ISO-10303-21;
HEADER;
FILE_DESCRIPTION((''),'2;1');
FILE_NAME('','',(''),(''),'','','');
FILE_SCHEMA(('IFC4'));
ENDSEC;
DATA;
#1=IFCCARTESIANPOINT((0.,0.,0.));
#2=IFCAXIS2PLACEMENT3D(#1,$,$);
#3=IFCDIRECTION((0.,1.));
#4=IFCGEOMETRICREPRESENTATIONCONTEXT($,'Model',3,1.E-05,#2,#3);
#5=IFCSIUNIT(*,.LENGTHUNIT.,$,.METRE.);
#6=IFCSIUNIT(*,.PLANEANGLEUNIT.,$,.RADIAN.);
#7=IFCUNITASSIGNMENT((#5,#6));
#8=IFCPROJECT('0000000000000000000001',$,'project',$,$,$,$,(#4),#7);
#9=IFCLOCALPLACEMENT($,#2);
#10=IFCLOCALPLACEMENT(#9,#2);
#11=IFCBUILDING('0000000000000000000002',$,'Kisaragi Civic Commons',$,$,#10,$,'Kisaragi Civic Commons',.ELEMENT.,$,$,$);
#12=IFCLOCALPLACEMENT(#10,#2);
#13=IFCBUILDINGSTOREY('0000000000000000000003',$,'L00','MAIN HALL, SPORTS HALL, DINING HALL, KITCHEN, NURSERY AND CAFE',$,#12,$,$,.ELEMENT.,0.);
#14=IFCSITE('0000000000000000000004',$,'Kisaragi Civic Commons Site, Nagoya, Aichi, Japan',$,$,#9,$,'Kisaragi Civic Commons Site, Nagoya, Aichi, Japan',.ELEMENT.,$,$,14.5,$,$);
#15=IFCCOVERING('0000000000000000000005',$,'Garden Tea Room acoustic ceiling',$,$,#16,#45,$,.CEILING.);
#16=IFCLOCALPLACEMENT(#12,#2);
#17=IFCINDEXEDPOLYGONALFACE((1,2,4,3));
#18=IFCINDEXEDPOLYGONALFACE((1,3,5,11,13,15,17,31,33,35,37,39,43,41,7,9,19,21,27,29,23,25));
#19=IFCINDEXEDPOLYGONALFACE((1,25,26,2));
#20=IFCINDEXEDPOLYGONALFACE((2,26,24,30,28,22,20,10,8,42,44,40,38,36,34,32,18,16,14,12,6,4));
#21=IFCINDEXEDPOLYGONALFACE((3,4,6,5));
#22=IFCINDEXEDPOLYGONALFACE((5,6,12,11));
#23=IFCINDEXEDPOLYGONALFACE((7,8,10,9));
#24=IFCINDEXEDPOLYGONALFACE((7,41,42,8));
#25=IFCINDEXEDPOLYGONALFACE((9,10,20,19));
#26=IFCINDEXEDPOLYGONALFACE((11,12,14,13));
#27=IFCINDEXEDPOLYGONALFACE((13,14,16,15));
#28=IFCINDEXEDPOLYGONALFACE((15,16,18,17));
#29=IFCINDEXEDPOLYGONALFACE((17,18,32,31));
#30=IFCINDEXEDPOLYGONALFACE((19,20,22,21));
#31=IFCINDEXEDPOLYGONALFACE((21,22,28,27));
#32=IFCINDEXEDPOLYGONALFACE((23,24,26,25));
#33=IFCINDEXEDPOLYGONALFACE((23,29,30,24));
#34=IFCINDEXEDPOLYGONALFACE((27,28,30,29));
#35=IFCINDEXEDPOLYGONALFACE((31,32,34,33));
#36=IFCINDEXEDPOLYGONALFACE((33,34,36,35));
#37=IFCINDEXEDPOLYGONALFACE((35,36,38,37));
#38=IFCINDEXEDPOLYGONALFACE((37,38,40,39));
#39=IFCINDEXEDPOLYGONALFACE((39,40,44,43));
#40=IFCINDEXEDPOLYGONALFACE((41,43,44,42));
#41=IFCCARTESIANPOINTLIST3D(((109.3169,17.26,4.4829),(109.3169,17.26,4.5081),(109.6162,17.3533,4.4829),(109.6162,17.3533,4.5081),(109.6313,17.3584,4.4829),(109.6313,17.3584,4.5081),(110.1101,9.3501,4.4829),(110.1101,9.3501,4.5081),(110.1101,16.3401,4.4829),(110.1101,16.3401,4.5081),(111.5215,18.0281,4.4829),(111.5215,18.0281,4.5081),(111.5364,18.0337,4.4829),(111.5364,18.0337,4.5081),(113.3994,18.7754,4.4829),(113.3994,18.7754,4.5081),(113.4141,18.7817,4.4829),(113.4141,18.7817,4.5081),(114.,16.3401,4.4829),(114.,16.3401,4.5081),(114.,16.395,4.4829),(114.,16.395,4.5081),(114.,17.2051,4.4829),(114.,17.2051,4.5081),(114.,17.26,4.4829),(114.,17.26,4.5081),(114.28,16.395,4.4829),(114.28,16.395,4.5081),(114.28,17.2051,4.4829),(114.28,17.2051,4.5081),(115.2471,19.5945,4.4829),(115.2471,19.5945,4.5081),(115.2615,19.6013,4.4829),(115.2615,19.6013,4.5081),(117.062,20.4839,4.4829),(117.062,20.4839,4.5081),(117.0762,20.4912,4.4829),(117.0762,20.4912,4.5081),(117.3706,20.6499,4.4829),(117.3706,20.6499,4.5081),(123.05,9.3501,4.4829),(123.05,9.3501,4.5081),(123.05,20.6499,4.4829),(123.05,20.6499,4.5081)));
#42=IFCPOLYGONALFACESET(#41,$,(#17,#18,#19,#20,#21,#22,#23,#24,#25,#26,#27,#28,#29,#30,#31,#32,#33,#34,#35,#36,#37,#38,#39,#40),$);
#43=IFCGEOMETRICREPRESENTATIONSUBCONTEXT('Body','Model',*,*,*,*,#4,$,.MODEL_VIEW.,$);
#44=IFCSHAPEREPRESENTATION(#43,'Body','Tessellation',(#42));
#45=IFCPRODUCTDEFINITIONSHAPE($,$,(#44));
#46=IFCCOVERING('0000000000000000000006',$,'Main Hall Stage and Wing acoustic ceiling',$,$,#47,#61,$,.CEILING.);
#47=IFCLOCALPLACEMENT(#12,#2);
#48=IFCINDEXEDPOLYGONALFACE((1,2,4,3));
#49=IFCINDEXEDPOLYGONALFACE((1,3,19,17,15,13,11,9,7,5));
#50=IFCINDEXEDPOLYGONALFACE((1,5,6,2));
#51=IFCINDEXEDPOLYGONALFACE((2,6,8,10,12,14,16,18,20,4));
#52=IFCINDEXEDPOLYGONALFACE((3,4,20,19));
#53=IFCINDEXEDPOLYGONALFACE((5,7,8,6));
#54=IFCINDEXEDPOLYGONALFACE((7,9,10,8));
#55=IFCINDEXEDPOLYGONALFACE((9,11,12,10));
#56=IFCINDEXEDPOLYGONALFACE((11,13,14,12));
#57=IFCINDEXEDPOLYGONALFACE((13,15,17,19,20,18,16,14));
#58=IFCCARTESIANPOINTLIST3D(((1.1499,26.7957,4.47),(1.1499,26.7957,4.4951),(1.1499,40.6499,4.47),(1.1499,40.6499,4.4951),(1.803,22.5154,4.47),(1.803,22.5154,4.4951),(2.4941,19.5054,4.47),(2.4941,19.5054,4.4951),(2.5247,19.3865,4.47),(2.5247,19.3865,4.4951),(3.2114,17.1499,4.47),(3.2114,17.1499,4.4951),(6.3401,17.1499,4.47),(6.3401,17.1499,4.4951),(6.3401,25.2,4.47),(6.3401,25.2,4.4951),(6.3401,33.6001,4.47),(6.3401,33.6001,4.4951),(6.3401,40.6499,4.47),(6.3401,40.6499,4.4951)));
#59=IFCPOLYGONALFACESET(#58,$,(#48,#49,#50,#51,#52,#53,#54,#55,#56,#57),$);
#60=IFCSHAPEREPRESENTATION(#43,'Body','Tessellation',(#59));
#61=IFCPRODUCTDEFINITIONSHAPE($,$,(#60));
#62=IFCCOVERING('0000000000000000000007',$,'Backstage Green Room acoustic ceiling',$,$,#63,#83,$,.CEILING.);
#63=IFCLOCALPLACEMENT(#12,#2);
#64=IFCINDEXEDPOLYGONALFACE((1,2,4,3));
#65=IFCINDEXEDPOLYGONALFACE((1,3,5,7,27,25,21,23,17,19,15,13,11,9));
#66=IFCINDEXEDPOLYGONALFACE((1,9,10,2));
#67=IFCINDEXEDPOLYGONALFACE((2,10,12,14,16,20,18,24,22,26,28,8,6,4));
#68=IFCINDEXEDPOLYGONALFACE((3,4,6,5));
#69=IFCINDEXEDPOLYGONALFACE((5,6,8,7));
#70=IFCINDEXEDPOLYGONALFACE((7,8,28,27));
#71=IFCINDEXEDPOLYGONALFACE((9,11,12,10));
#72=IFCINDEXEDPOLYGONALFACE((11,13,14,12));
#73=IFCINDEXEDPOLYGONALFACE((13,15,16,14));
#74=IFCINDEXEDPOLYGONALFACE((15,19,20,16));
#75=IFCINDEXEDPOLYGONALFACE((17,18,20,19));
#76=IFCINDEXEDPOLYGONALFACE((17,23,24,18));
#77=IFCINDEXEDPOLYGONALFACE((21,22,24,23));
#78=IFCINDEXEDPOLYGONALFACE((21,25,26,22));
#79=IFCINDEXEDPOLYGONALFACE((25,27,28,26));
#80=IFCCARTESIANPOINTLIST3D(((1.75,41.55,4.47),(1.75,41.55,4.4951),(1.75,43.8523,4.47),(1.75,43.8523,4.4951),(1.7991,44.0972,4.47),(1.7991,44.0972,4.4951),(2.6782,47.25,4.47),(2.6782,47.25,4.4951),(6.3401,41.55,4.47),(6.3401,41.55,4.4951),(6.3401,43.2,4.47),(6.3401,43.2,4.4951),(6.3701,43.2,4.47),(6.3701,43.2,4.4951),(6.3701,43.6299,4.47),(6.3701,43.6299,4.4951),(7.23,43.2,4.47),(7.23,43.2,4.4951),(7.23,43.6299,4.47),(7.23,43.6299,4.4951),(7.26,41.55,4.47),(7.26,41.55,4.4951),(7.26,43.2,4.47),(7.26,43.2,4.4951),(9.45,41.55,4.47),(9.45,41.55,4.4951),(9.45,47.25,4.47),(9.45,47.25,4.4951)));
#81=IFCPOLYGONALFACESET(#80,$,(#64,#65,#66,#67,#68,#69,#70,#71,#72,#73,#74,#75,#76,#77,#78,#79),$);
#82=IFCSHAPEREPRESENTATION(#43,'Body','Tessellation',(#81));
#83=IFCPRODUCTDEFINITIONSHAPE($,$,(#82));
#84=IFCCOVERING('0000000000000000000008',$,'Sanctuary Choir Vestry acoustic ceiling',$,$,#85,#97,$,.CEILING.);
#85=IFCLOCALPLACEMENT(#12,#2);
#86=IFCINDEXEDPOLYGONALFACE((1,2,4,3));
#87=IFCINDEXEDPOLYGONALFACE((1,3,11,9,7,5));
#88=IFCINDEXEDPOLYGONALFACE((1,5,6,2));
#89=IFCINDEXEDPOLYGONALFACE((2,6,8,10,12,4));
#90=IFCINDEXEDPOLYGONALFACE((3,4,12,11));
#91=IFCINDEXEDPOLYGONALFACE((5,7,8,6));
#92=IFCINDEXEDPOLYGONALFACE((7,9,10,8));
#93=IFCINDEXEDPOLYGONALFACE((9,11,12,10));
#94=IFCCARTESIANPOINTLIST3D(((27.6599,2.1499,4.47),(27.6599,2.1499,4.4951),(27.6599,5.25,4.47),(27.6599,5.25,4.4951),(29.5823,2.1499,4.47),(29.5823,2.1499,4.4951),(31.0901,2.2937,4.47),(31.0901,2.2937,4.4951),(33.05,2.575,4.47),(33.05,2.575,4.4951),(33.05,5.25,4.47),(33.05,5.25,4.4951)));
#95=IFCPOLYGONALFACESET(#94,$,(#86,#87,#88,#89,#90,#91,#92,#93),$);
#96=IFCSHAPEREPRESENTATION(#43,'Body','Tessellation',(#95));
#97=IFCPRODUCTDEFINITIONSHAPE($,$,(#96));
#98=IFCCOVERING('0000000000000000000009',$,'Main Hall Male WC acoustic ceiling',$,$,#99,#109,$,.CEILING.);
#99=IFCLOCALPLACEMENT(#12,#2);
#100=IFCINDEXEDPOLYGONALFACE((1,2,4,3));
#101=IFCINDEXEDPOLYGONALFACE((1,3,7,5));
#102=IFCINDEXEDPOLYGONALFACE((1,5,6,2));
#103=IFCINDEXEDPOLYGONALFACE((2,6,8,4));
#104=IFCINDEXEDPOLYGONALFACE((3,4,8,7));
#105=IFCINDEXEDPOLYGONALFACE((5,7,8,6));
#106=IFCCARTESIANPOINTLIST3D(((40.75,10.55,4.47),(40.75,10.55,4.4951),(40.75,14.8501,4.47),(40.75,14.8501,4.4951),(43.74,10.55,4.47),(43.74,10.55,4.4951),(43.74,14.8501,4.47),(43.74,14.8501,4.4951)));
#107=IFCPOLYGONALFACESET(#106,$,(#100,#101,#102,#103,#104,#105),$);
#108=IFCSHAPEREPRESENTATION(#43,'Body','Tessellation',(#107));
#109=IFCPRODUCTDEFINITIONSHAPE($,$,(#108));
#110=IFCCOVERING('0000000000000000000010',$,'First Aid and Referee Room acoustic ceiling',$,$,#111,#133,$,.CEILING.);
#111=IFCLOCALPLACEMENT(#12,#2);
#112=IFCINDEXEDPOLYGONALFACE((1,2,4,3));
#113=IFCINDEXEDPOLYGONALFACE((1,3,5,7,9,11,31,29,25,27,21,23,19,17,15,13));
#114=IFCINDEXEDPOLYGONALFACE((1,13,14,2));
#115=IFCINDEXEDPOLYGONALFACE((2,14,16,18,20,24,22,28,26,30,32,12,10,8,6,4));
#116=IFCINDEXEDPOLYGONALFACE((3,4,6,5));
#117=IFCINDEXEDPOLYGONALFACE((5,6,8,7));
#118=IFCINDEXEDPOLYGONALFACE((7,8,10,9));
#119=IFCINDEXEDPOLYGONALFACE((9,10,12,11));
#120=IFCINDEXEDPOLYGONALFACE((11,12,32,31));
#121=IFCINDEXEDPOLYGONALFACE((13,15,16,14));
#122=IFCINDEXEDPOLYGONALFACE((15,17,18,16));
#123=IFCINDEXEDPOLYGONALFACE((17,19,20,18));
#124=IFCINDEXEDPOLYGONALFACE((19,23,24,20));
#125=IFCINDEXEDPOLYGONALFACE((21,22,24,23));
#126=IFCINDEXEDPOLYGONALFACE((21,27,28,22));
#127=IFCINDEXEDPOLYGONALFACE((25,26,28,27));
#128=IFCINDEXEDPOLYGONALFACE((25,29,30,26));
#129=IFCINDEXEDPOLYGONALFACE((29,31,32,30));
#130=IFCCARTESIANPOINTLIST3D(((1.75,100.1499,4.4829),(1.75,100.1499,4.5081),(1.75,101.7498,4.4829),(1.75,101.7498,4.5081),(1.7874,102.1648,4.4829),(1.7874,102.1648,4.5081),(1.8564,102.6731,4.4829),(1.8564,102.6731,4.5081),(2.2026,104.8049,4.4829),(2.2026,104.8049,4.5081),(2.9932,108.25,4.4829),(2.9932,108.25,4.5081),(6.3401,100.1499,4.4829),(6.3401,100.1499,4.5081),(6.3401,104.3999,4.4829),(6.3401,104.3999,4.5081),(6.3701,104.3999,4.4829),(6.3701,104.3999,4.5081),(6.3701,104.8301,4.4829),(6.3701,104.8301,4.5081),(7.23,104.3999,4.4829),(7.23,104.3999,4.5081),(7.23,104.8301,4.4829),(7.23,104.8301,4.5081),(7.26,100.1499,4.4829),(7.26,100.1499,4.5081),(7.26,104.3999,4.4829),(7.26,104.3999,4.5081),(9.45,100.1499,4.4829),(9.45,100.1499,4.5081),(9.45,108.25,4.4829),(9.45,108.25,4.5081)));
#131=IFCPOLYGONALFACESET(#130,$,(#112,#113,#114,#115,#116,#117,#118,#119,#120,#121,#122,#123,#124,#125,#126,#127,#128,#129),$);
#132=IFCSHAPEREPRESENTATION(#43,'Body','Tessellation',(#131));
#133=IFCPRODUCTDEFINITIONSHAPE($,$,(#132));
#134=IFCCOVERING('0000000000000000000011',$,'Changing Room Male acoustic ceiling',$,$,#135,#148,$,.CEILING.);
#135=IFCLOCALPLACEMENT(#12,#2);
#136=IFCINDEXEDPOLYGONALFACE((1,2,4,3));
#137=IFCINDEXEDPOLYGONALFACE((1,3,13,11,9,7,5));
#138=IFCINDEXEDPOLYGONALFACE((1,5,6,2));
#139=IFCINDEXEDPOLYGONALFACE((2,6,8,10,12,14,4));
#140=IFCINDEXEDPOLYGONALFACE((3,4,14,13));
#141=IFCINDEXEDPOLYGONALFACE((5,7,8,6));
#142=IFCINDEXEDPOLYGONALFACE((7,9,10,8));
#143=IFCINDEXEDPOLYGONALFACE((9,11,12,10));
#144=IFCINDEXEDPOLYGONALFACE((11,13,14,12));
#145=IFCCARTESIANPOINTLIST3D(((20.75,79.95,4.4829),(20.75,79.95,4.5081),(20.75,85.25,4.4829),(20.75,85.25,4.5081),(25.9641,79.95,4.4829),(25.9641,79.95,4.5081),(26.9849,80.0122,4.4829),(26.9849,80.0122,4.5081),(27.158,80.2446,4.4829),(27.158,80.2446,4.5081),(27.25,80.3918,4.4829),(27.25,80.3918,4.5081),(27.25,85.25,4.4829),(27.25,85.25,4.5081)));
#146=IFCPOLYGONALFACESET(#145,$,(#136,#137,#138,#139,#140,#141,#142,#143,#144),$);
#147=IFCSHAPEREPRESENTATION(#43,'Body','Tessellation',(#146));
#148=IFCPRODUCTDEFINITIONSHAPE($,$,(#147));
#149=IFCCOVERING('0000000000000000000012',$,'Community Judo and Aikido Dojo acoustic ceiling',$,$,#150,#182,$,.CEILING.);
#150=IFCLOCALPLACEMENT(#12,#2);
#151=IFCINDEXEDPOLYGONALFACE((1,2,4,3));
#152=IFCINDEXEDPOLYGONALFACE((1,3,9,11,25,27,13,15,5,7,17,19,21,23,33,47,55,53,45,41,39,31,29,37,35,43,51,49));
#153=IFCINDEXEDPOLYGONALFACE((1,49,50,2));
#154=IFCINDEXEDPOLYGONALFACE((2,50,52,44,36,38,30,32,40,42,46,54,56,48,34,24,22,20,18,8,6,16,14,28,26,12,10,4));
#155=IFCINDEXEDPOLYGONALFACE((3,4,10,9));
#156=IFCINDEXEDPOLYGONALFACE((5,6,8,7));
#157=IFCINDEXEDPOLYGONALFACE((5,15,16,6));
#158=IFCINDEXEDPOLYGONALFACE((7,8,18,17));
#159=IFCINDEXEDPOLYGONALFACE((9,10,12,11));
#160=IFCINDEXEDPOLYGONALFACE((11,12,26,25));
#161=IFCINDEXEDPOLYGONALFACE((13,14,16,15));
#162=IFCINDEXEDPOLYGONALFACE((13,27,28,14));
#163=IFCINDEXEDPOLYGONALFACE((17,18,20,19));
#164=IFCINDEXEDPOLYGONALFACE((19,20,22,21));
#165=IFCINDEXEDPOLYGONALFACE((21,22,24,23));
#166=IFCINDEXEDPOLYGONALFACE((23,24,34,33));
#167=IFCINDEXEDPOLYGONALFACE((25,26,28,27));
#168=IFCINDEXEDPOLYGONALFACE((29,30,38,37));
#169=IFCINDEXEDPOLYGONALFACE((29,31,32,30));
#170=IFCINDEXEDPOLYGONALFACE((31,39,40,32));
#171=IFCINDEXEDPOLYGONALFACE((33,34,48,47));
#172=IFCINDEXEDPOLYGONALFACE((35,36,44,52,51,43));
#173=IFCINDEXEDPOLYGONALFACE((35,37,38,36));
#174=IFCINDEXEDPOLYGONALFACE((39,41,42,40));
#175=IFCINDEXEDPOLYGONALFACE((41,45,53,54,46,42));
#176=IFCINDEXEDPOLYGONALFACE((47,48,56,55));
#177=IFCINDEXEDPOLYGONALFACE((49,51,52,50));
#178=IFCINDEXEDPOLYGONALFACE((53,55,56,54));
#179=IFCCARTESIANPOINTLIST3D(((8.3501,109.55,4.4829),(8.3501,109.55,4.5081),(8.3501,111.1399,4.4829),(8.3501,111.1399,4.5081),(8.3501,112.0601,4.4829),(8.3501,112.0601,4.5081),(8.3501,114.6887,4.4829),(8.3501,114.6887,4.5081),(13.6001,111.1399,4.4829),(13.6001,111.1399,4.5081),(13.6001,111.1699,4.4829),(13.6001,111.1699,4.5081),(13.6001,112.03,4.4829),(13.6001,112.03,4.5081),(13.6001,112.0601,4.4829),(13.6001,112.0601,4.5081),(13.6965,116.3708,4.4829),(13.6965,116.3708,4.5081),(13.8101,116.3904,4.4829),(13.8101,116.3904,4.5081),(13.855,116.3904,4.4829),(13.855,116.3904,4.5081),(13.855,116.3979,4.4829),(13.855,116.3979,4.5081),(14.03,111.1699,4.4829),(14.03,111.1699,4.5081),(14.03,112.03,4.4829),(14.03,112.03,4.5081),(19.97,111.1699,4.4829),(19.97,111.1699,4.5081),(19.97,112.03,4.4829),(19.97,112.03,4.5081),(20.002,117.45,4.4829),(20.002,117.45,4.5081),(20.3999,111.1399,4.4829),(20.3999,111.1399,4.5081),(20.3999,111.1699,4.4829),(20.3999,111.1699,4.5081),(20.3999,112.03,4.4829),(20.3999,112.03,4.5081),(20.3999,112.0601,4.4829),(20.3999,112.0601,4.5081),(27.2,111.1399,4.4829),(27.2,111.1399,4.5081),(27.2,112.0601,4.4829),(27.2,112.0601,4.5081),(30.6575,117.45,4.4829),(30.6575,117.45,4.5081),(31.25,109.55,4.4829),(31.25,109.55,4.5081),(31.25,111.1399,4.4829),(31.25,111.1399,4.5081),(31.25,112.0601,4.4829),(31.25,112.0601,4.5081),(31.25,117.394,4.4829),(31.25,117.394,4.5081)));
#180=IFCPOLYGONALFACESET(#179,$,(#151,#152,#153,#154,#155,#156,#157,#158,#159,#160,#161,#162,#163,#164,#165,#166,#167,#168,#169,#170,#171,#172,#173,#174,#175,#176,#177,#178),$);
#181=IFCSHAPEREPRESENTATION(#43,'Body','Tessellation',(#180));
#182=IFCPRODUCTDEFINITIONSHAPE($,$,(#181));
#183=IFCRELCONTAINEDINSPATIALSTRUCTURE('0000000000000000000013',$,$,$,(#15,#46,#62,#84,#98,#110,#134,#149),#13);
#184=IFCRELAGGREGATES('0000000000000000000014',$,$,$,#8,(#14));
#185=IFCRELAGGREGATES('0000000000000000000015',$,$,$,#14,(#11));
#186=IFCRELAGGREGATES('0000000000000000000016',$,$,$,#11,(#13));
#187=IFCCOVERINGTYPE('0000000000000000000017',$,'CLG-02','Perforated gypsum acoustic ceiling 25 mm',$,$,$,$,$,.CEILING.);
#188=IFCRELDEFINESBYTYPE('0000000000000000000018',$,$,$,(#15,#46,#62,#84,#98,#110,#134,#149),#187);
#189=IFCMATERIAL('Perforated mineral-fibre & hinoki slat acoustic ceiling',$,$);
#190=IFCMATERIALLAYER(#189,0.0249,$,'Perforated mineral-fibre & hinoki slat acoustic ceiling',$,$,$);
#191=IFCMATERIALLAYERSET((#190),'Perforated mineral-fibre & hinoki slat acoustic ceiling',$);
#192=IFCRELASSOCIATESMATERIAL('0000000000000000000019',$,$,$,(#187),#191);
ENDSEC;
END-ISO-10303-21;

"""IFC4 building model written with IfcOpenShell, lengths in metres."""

from ifc_helpers import new_model, si_unit, direction, frame, origin, place, context, subcontext, project, spatial, polyline, outline, extrude, material, layer, layer_set, type_object, element, save


model = new_model("IFC4")

# Units and contexts
model_context = context("Model", 3, precision=1e-05, world=origin(), true_north=direction((0.0, 1.0)))
body_context = subcontext(model_context, "Body", "Model", "MODEL_VIEW")
ifc_project = project(units=[si_unit("LENGTHUNIT", "METRE"), si_unit("PLANEANGLEUNIT", "RADIAN")], contexts=[model_context])

# Site, building, storey
site_placement = place(None, origin())
site = spatial("IfcSite", under=ifc_project, at=site_placement, Name="Kisaragi Civic Commons Site, Nagoya, Aichi, Japan", LongName="Kisaragi Civic Commons Site, Nagoya, Aichi, Japan", CompositionType="ELEMENT", RefElevation=14.5)
building_placement = place(site_placement, origin())
building = spatial("IfcBuilding", under=site, at=building_placement, Name="Kisaragi Civic Commons", LongName="Kisaragi Civic Commons", CompositionType="ELEMENT")
storey_placement = place(building_placement, origin())
storey = spatial("IfcBuildingStorey", under=building, at=storey_placement, Name="L00", Description="MAIN HALL, SPORTS HALL, DINING HALL, KITCHEN, NURSERY AND CAFE", CompositionType="ELEMENT", Elevation=0.0)

# Coverings
ifc_material_1 = material(Name="Perforated mineral-fibre & hinoki slat acoustic ceiling")
ifc_layer_1 = layer(ifc_material_1, 0.0249, Name="Perforated mineral-fibre & hinoki slat acoustic ceiling")
ifc_layer_set_1 = layer_set([ifc_layer_1], Name="Perforated mineral-fibre & hinoki slat acoustic ceiling")
covering_type_1 = type_object("IfcCoveringType", Name="CLG-02", Description="Perforated gypsum acoustic ceiling 25 mm", PredefinedType="CEILING", material=ifc_layer_set_1)
covering_1_placement = place(storey_placement, frame((0.0, 0.0, 4.4829)))
element("IfcCovering", 1, at=covering_1_placement, inside=storey, type_object=covering_type_1, Name="Garden Tea Room acoustic ceiling", PredefinedType="CEILING", context=body_context, shape_type="SweptSolid", body=[
    extrude(outline(polyline([(109.6162, 17.3533), (109.3169, 17.26), (114.0, 17.26), (114.0, 17.2051), (114.28, 17.2051), (114.28, 16.395), (114.0, 16.395), (114.0, 16.3401), (110.1101, 16.3401), (110.1101, 9.3501), (123.05, 9.3501), (123.05, 20.6499), (117.3706, 20.6499), (117.0762, 20.4912), (117.062, 20.4839), (115.2615, 19.6013), (115.2471, 19.5945), (113.4141, 18.7817), (113.3994, 18.7754), (111.5364, 18.0337), (111.5215, 18.0281), (109.6313, 17.3584), (109.6162, 17.3533)])), origin(), (0.0, 0.0, 1.0), 0.0251),
])
covering_2_placement = place(storey_placement, frame((0.0, 0.0, 4.47)))
element("IfcCovering", 2, at=covering_2_placement, inside=storey, type_object=covering_type_1, Name="Main Hall Stage and Wing acoustic ceiling", PredefinedType="CEILING", context=body_context, shape_type="SweptSolid", body=[
    extrude(outline(polyline([(6.3401, 40.6499), (1.1499, 40.6499), (1.1499, 26.7957), (1.803, 22.5154), (2.4941, 19.5054), (2.5247, 19.3865), (3.2114, 17.1499), (6.3401, 17.1499), (6.3401, 25.2), (6.3401, 33.6001), (6.3401, 40.6499)])), origin(), (0.0, 0.0, 1.0), 0.0251),
])
covering_3_placement = place(storey_placement, frame((0.0, 0.0, 4.47)))
element("IfcCovering", 3, at=covering_3_placement, inside=storey, type_object=covering_type_1, Name="Backstage Green Room acoustic ceiling", PredefinedType="CEILING", context=body_context, shape_type="SweptSolid", body=[
    extrude(outline(polyline([(1.75, 43.8523), (1.75, 41.55), (6.3401, 41.55), (6.3401, 43.2), (6.3701, 43.2), (6.3701, 43.6299), (7.23, 43.6299), (7.23, 43.2), (7.26, 43.2), (7.26, 41.55), (9.45, 41.55), (9.45, 47.25), (2.6782, 47.25), (1.7991, 44.0972), (1.75, 43.8523)])), origin(), (0.0, 0.0, 1.0), 0.0251),
])
covering_4_placement = place(storey_placement, frame((0.0, 0.0, 4.47)))
element("IfcCovering", 4, at=covering_4_placement, inside=storey, type_object=covering_type_1, Name="Sanctuary Choir Vestry acoustic ceiling", PredefinedType="CEILING", context=body_context, shape_type="SweptSolid", body=[
    extrude(outline(polyline([(33.05, 2.575), (33.05, 5.25), (27.6599, 5.25), (27.6599, 2.1499), (29.5823, 2.1499), (31.0901, 2.2937), (33.05, 2.575)])), origin(), (0.0, 0.0, 1.0), 0.0251),
])
covering_5_placement = place(storey_placement, frame((0.0, 0.0, 4.47)))
element("IfcCovering", 5, at=covering_5_placement, inside=storey, type_object=covering_type_1, Name="Main Hall Male WC acoustic ceiling", PredefinedType="CEILING", context=body_context, shape_type="SweptSolid", body=[
    extrude(outline(polyline([(40.75, 10.55), (43.74, 10.55), (43.74, 14.8501), (40.75, 14.8501), (40.75, 10.55)])), origin(), (0.0, 0.0, 1.0), 0.0251),
])
covering_6_placement = place(storey_placement, frame((0.0, 0.0, 4.4829)))
element("IfcCovering", 6, at=covering_6_placement, inside=storey, type_object=covering_type_1, Name="First Aid and Referee Room acoustic ceiling", PredefinedType="CEILING", context=body_context, shape_type="SweptSolid", body=[
    extrude(outline(polyline([(1.75, 101.7498), (1.75, 100.1499), (6.3401, 100.1499), (6.3401, 104.3999), (6.3701, 104.3999), (6.3701, 104.8301), (7.23, 104.8301), (7.23, 104.3999), (7.26, 104.3999), (7.26, 100.1499), (9.45, 100.1499), (9.45, 108.25), (2.9932, 108.25), (2.2026, 104.8049), (1.8564, 102.6731), (1.7874, 102.1648), (1.75, 101.7498)])), origin(), (0.0, 0.0, 1.0), 0.0251),
])
covering_7_placement = place(storey_placement, frame((0.0, 0.0, 4.4829)))
element("IfcCovering", 7, at=covering_7_placement, inside=storey, type_object=covering_type_1, Name="Changing Room Male acoustic ceiling", PredefinedType="CEILING", context=body_context, shape_type="SweptSolid", body=[
    extrude(outline(polyline([(27.25, 80.3918), (27.25, 85.25), (20.75, 85.25), (20.75, 79.95), (25.9641, 79.95), (26.9849, 80.0122), (27.158, 80.2446), (27.25, 80.3918)])), origin(), (0.0, 0.0, 1.0), 0.0251),
])
covering_8_placement = place(storey_placement, frame((0.0, 0.0, 4.4829)))
element("IfcCovering", 8, at=covering_8_placement, inside=storey, type_object=covering_type_1, Name="Community Judo and Aikido Dojo acoustic ceiling", PredefinedType="CEILING", context=body_context, shape_type="SweptSolid", body=[
    extrude(outline(polyline([(8.3501, 111.1399), (8.3501, 109.55), (31.25, 109.55), (31.25, 111.1399), (27.2, 111.1399), (20.3999, 111.1399), (20.3999, 111.1699), (19.97, 111.1699), (19.97, 112.03), (20.3999, 112.03), (20.3999, 112.0601), (27.2, 112.0601), (31.25, 112.0601), (31.25, 117.394), (30.6575, 117.45), (20.002, 117.45), (13.855, 116.3979), (13.855, 116.3904), (13.8101, 116.3904), (13.6965, 116.3708), (8.3501, 114.6887), (8.3501, 112.0601), (13.6001, 112.0601), (13.6001, 112.03), (14.03, 112.03), (14.03, 111.1699), (13.6001, 111.1699), (13.6001, 111.1399), (8.3501, 111.1399)])), origin(), (0.0, 0.0, 1.0), 0.0251),
])

save(model, "model.ifc")
